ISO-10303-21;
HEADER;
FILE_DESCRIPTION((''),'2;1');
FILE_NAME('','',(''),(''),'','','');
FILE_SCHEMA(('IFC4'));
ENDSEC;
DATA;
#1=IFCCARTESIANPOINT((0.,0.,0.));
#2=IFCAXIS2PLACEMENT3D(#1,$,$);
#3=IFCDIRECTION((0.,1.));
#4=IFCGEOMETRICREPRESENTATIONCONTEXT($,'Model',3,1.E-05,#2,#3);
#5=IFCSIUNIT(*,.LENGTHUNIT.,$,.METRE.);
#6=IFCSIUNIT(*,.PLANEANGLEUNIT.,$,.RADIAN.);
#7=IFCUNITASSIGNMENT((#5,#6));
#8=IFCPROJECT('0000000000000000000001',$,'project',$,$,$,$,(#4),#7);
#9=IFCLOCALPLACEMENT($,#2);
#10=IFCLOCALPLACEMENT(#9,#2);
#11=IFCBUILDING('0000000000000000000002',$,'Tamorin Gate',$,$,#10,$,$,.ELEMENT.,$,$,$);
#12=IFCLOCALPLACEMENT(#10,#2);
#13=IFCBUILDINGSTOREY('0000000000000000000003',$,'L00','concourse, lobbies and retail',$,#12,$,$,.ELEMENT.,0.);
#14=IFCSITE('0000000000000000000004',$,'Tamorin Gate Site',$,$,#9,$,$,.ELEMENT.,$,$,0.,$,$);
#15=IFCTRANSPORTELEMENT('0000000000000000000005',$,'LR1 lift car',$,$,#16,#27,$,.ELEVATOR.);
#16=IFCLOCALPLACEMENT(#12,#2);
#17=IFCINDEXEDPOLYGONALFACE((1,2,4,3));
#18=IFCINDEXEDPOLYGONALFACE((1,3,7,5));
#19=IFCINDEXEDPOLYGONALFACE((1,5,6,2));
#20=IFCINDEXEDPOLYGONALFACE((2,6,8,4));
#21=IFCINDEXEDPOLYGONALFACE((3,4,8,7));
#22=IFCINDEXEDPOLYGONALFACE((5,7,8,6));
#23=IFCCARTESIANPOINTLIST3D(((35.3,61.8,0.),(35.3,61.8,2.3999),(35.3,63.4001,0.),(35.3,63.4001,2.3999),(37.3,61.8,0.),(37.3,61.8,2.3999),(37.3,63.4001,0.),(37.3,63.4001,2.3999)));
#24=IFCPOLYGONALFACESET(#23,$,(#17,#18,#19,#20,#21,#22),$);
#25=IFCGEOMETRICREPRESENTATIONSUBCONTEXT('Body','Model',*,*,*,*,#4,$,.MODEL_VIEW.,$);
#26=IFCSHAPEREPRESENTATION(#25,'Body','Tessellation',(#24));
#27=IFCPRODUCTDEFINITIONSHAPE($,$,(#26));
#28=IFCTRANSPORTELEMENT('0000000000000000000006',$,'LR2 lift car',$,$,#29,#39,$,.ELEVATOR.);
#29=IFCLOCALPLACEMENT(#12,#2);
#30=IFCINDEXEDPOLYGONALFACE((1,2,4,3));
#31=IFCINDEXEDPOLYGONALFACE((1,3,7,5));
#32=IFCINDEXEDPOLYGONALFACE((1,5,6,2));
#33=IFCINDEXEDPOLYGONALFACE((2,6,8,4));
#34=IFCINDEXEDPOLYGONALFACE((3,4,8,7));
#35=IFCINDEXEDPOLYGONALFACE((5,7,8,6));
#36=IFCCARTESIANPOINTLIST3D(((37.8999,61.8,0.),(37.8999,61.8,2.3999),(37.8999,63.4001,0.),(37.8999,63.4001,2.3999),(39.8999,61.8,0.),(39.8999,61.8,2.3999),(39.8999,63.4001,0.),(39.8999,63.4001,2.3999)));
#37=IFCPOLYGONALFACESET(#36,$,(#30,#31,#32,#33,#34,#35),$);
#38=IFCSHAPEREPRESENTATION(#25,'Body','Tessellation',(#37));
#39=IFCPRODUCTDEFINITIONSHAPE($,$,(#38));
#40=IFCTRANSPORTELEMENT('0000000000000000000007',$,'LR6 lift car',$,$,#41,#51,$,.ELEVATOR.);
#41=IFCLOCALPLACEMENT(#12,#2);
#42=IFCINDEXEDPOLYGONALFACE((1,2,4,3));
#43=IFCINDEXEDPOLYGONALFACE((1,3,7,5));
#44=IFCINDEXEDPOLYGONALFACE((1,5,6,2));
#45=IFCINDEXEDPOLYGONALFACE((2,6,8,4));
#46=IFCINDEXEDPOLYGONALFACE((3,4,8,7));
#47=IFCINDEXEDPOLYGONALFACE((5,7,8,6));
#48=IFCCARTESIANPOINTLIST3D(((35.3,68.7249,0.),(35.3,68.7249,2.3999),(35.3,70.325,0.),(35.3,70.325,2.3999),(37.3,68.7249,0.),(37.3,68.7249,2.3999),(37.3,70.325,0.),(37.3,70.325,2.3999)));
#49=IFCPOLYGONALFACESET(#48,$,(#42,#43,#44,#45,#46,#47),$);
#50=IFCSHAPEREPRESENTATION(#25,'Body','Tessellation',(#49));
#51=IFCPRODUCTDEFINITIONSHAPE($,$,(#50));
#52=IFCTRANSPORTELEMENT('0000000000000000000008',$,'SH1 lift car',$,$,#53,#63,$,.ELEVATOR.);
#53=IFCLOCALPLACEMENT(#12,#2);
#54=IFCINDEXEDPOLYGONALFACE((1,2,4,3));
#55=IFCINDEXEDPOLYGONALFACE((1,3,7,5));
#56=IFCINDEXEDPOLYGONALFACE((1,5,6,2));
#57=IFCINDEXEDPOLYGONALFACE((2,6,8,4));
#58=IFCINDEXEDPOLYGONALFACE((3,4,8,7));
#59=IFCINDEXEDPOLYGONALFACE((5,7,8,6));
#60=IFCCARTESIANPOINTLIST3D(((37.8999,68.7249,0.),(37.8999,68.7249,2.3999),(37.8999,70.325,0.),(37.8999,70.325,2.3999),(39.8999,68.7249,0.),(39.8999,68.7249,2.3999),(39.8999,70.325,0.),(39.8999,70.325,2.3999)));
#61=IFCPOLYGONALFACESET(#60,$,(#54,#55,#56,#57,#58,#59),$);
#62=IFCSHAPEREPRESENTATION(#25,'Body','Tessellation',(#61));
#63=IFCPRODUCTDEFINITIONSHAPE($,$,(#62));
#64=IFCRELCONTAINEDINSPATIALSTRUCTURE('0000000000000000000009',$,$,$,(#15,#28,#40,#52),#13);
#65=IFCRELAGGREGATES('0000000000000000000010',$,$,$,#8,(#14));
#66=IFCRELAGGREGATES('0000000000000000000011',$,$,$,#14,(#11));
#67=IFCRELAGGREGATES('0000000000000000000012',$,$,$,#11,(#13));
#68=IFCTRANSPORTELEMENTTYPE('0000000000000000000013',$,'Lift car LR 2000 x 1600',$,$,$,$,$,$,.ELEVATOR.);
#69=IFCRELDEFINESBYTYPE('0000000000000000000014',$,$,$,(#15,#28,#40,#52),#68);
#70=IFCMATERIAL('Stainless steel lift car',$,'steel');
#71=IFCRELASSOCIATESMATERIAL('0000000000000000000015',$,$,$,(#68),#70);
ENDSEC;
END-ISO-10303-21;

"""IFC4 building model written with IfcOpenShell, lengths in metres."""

from ifc_helpers import new_model, si_unit, direction, frame, origin, origin_2d, place, context, subcontext, project, spatial, rectangle, extrude, material, type_object, element, save


model = new_model("IFC4")

# Units and contexts
model_context = context("Model", 3, precision=1e-05, world=origin(), true_north=direction((0.0, 1.0)))
body_context = subcontext(model_context, "Body", "Model", "MODEL_VIEW")
ifc_project = project(units=[si_unit("LENGTHUNIT", "METRE"), si_unit("PLANEANGLEUNIT", "RADIAN")], contexts=[model_context])

# Site, building, storey
site_placement = place(None, origin())
site = spatial("IfcSite", under=ifc_project, at=site_placement, Name="Tamorin Gate Site", CompositionType="ELEMENT", RefElevation=0.0)
building_placement = place(site_placement, origin())
building = spatial("IfcBuilding", under=site, at=building_placement, Name="Tamorin Gate", CompositionType="ELEMENT")
storey_placement = place(building_placement, origin())
storey = spatial("IfcBuildingStorey", under=building, at=storey_placement, Name="L00", Description="concourse, lobbies and retail", CompositionType="ELEMENT", Elevation=0.0)

# Transport elements
ifc_material_1 = material(Name="Stainless steel lift car", Category="steel")
transport_element_type = type_object("IfcTransportElementType", Name="Lift car LR 2000 x 1600", PredefinedType="ELEVATOR", material=ifc_material_1)
for number, where, z_axis, x_axis, name in (
    (1, (36.3, 62.6001, 0.0), (0.0, 0.0, 1.0), (1.0, 0.0, 0.0), "LR1 lift car"),
    (2, (38.8999, 62.6001, 0.0), (0.0, 0.0, 1.0), (1.0, 0.0, 0.0), "LR2 lift car"),
    (3, (36.3, 69.5249, 0.0), (0.0, 0.0, 1.0), (1.0, 0.0, 0.0), "LR6 lift car"),
    (4, (38.8999, 69.5249, 0.0), (0.0, 0.0, 1.0), (1.0, 0.0, 0.0), "SH1 lift car"),
):
    element("IfcTransportElement", number, at=place(storey_placement, frame(where, z_axis=z_axis, x_axis=x_axis)), inside=storey, type_object=transport_element_type, Name=name, PredefinedType="ELEVATOR", context=body_context, shape_type="SweptSolid", body=[
        extrude(rectangle(XDim=2.0, YDim=1.6001, at=origin_2d()), origin(), (0.0, 0.0, 1.0), 2.3999),
    ])

save(model, "model.ifc")
